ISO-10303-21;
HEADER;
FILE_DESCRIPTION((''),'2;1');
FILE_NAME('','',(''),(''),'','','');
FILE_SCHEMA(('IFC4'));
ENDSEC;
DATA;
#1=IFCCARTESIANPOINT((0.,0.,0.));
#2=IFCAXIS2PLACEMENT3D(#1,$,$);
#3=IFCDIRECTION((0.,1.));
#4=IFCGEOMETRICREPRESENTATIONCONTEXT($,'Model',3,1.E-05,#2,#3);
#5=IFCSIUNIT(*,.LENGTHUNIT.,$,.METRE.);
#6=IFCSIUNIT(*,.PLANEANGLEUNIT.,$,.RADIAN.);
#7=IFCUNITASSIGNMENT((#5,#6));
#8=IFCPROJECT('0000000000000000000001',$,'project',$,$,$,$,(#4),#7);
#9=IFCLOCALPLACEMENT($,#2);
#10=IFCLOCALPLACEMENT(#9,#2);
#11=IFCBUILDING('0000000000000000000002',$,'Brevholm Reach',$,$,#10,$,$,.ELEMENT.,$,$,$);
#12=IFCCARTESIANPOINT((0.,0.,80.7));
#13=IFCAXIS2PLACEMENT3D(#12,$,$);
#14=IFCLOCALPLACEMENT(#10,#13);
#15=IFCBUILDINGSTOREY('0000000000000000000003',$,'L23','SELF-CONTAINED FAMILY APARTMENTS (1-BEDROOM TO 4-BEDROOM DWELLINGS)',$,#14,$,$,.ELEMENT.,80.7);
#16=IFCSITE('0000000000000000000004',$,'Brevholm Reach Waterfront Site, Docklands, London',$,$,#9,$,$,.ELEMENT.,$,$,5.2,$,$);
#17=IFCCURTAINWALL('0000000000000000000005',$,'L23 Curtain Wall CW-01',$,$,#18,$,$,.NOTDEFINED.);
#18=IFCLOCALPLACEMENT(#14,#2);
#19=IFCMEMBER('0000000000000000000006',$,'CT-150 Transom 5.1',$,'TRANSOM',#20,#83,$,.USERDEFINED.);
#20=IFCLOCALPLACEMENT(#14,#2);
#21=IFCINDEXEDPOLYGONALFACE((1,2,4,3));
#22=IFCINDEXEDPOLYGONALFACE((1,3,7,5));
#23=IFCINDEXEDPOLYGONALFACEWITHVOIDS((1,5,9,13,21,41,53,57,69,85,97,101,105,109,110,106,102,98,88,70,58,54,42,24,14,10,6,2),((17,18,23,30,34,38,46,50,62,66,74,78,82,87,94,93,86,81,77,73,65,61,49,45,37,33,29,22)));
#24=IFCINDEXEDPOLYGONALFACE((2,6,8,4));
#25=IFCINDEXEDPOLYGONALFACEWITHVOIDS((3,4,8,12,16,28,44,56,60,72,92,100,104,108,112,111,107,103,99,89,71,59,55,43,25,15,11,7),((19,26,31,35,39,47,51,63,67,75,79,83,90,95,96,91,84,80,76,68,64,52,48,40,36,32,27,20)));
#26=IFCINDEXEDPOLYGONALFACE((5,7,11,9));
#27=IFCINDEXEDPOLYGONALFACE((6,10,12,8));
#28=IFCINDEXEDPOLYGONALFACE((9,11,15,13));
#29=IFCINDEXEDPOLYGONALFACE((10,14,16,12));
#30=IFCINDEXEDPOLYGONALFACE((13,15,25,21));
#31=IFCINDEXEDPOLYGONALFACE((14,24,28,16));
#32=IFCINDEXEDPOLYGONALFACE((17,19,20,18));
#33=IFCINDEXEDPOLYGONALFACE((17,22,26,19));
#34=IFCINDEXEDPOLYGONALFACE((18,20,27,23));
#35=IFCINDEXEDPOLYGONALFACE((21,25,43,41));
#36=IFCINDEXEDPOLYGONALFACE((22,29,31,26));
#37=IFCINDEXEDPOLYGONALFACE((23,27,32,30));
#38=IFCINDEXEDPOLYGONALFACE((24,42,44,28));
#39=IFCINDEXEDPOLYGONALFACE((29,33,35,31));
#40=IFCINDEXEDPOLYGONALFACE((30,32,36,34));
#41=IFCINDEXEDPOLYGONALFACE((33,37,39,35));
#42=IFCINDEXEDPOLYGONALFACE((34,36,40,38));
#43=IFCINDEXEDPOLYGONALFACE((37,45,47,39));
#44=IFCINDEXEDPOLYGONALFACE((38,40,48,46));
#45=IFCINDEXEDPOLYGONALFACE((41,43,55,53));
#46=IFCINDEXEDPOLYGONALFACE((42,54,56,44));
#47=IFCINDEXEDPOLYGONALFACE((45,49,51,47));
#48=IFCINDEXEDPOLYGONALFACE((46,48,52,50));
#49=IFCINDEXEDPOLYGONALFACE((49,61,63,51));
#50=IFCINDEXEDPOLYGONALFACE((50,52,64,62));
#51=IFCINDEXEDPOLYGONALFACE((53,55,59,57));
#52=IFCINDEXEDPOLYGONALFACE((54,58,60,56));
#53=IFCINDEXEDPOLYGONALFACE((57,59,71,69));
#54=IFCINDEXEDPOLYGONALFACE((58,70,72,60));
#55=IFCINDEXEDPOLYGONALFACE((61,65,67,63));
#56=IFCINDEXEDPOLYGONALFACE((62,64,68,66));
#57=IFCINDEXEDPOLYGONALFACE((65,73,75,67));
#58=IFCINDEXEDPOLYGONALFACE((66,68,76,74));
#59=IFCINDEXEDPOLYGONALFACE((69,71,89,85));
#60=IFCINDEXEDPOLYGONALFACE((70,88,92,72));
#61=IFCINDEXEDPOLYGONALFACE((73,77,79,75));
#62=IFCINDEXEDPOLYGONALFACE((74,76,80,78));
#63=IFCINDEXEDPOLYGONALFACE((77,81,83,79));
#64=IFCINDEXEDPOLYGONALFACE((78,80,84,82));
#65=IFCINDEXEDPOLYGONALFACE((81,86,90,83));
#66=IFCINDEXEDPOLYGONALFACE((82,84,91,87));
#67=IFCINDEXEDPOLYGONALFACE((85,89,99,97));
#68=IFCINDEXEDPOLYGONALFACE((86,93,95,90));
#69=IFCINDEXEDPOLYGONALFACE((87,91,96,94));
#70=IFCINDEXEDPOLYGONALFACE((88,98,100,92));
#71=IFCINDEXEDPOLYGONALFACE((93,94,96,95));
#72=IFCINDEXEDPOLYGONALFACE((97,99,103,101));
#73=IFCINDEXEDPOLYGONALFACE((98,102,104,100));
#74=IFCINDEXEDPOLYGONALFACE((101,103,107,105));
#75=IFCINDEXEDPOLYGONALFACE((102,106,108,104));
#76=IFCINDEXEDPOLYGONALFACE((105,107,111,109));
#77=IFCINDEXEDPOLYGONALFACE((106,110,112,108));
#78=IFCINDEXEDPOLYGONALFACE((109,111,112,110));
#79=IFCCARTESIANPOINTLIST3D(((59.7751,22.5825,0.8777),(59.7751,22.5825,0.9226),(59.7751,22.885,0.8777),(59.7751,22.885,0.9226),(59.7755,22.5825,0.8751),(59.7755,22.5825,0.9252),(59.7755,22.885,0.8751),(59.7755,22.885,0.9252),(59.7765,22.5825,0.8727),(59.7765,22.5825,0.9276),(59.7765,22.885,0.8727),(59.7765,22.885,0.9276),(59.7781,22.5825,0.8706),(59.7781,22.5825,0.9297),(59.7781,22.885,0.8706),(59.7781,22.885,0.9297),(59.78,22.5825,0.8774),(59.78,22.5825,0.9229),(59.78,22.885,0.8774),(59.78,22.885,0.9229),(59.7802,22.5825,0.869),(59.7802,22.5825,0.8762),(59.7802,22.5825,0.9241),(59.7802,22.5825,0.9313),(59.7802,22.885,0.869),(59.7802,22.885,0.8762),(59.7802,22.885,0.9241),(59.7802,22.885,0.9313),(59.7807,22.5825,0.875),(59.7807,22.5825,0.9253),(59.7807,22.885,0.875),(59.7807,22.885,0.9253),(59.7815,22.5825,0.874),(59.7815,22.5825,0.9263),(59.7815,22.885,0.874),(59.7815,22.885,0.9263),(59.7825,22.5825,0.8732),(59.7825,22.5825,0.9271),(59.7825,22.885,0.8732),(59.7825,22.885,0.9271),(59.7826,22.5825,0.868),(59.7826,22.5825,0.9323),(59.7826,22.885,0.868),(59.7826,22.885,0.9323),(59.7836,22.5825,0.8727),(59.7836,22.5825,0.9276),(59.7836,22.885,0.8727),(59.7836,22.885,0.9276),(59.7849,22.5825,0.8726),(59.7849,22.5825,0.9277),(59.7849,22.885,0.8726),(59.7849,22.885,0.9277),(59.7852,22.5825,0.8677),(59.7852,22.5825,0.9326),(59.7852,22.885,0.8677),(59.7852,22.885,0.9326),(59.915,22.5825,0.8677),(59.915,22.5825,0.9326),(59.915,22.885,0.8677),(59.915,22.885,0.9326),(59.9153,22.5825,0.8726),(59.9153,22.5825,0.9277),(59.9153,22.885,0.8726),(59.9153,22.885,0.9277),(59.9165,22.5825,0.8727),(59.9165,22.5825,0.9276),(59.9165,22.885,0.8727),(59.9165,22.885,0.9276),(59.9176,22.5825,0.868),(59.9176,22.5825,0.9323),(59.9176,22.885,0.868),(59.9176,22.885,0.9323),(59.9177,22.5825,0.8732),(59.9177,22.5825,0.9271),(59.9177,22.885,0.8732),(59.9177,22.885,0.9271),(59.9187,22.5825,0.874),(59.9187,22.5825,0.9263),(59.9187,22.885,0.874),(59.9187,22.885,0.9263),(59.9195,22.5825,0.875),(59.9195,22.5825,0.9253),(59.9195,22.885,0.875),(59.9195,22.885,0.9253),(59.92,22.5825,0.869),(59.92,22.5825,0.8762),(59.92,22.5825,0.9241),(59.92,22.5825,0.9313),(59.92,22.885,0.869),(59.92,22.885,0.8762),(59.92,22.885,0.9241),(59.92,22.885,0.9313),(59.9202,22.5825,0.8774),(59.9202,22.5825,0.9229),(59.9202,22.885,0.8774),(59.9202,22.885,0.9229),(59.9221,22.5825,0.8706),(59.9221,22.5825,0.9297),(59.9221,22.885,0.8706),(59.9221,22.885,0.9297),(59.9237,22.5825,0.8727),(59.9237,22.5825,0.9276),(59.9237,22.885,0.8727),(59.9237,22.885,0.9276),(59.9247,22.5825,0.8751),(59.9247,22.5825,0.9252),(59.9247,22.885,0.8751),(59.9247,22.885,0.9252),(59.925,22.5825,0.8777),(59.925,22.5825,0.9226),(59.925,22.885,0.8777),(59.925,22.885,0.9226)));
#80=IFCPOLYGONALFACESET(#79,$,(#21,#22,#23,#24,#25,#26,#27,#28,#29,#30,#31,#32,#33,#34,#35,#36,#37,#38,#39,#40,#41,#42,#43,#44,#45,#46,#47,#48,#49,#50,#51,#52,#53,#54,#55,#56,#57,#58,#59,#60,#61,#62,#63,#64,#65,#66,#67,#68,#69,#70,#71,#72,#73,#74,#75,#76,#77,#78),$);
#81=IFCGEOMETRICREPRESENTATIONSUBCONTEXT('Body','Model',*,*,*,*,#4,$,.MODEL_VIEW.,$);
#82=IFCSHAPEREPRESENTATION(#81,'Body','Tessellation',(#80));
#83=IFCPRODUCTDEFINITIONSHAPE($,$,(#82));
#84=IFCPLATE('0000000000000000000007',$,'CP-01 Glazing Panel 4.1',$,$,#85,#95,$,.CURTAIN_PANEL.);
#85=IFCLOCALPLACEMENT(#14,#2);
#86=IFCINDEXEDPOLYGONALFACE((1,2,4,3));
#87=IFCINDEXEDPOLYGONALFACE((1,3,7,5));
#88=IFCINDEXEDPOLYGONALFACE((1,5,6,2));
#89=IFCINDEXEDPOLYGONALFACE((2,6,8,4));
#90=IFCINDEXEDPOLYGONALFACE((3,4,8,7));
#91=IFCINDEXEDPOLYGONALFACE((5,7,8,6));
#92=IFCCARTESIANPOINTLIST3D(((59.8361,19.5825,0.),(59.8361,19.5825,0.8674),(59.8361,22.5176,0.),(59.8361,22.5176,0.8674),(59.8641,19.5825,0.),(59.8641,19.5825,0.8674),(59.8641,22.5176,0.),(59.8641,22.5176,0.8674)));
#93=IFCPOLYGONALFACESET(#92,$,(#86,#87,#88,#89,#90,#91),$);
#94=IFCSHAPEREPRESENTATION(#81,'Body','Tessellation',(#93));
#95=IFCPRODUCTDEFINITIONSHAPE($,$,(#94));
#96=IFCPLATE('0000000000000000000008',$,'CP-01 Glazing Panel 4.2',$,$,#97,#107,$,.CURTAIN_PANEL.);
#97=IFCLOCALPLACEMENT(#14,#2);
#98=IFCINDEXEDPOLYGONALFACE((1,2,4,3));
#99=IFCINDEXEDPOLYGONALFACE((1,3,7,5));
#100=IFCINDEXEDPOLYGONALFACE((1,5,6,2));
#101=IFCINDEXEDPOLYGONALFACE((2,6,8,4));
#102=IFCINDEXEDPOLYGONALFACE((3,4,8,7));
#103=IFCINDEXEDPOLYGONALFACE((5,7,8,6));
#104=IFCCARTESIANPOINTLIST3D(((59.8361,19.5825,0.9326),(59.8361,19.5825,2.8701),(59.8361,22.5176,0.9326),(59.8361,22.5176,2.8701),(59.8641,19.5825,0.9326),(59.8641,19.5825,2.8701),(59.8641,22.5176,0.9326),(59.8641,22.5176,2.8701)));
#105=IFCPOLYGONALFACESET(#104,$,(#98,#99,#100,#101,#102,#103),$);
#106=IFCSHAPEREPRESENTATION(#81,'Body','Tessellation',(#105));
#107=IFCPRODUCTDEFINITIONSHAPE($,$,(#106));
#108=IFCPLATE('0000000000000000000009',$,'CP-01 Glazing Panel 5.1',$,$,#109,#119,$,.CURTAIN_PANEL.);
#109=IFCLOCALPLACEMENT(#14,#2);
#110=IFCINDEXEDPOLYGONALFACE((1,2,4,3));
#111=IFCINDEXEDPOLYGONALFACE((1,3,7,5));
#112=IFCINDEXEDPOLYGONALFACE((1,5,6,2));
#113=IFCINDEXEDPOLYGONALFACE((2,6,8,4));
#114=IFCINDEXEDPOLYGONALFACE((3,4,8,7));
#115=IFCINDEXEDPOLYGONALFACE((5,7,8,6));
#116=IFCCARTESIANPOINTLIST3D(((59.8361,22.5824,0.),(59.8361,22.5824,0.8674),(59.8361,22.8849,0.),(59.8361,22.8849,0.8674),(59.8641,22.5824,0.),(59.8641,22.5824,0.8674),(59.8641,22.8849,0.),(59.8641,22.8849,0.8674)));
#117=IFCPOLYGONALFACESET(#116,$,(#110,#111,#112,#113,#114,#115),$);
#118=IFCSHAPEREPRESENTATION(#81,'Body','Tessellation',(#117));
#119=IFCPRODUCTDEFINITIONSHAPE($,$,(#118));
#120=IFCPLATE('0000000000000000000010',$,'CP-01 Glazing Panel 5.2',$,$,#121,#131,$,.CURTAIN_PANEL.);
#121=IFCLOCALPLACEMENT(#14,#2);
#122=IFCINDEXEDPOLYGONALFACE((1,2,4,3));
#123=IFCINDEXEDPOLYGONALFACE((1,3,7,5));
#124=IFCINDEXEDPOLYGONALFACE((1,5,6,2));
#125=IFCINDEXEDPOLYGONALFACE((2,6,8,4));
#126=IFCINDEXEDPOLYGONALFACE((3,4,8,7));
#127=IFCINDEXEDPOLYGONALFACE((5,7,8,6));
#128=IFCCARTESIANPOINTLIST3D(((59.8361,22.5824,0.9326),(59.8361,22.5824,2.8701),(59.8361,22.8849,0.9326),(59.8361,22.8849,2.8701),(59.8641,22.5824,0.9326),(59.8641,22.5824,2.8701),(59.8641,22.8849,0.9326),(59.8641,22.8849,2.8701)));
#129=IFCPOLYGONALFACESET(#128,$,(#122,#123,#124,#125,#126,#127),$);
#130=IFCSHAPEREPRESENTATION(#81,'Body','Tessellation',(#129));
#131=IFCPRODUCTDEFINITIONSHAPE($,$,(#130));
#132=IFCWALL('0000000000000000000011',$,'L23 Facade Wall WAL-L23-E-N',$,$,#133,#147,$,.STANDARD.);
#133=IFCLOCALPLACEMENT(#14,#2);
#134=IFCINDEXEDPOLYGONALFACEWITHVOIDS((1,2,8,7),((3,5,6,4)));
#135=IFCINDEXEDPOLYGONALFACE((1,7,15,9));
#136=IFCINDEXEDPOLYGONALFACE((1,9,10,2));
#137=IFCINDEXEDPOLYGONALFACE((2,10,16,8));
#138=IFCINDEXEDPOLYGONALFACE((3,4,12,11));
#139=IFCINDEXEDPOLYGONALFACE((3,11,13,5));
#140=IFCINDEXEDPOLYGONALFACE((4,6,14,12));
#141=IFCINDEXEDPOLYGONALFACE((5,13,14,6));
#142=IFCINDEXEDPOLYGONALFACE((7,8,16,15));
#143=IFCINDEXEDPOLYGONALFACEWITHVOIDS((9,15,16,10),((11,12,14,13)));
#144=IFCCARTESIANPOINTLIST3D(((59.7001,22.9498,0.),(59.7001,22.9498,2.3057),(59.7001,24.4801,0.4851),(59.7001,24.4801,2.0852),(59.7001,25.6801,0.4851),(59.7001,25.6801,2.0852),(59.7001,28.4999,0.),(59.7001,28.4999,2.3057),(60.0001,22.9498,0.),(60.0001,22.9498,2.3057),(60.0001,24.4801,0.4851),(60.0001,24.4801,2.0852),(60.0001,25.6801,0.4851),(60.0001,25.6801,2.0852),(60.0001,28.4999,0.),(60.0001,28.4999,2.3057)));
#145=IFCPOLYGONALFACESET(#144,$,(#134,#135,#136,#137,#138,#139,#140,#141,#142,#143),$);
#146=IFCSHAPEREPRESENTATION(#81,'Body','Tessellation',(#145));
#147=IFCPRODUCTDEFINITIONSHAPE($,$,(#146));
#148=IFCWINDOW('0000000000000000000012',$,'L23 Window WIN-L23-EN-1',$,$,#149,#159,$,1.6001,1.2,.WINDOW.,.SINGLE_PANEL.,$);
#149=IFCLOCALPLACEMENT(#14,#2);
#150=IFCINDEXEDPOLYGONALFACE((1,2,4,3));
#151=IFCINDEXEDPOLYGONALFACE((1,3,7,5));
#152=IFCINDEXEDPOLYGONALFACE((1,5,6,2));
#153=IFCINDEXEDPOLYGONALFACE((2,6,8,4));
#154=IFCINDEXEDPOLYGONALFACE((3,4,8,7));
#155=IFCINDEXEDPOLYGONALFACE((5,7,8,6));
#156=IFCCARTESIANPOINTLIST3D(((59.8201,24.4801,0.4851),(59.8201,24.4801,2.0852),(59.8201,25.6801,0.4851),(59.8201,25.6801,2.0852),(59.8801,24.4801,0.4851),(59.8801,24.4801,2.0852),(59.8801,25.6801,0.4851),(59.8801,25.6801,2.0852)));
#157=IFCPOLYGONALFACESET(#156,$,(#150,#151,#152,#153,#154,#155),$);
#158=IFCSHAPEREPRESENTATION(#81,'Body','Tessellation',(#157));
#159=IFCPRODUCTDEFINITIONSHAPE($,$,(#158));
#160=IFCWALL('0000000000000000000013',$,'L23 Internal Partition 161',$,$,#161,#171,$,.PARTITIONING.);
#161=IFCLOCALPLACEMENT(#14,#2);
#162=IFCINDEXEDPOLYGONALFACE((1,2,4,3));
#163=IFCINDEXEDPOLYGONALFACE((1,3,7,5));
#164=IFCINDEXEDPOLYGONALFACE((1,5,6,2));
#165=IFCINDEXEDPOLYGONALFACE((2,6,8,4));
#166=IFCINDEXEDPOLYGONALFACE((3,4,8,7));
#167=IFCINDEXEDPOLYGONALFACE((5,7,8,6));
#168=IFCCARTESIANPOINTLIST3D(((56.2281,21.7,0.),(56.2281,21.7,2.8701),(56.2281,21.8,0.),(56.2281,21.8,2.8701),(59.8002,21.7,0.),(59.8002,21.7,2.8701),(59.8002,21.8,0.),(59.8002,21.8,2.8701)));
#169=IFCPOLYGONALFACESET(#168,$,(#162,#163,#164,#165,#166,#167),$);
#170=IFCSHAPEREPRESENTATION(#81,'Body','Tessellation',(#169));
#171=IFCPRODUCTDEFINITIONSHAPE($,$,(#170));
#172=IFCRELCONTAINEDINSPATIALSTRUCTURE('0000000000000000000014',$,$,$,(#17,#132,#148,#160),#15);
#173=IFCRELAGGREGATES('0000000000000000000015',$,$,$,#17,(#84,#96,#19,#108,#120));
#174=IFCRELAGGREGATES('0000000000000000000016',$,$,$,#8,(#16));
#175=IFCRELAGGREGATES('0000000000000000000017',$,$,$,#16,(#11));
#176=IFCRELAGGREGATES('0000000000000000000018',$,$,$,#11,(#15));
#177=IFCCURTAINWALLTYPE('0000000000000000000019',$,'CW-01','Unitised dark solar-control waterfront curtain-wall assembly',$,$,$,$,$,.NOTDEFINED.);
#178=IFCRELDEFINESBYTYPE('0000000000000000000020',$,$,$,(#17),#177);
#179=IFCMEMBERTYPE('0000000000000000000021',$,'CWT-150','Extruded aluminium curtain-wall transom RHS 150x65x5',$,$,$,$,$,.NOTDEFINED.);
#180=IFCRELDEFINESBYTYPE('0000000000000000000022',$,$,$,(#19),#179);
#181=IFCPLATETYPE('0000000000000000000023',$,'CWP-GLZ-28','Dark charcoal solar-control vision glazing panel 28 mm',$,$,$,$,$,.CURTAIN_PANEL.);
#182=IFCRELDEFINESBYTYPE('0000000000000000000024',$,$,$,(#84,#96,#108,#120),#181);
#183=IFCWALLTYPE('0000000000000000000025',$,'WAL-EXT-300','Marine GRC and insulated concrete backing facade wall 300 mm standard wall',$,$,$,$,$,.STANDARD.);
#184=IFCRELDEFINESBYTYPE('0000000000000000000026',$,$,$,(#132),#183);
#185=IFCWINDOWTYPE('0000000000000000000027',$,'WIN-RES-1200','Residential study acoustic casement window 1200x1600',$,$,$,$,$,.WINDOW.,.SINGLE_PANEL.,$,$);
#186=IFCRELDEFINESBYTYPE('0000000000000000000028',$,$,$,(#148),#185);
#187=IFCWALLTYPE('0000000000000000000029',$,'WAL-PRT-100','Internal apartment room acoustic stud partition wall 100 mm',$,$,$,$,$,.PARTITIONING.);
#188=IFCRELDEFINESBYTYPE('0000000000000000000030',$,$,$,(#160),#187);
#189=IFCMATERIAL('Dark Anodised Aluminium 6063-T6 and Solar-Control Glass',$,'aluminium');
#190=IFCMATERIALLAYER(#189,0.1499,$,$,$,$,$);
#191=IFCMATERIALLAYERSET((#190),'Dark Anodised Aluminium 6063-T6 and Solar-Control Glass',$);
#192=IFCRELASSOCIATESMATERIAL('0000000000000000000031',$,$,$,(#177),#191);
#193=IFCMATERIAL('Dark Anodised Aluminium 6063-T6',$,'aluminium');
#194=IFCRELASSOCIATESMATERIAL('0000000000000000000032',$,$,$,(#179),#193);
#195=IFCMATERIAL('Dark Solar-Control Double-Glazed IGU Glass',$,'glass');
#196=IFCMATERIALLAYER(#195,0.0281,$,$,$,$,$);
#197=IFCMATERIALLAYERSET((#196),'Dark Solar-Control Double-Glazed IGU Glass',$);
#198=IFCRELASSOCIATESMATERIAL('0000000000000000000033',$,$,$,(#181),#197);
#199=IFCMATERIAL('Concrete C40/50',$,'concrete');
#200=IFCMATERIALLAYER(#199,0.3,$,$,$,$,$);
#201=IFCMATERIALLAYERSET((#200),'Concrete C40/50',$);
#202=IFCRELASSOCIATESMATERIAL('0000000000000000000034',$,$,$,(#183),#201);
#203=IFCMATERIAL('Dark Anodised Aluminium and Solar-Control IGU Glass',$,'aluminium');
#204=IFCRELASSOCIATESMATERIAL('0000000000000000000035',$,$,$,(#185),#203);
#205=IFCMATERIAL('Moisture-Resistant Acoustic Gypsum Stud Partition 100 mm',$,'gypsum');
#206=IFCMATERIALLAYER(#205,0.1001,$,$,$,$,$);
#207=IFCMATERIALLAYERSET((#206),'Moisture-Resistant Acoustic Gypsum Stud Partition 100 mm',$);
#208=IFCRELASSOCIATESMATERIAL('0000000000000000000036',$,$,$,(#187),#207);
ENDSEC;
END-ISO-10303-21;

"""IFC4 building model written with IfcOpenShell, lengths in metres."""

from ifc_helpers import new_model, si_unit, direction, frame, frame_2d, origin, origin_2d, place, context, subcontext, project, spatial, rectangle, hollow_rectangle, extrude, material, layer, layer_set, material_profile, profile_set, type_object, element, fill, aggregate, save


model = new_model("IFC4")

# Units and contexts
model_context = context("Model", 3, precision=1e-05, world=origin(), true_north=direction((0.0, 1.0)))
body_context = subcontext(model_context, "Body", "Model", "MODEL_VIEW")
ifc_project = project(units=[si_unit("LENGTHUNIT", "METRE"), si_unit("PLANEANGLEUNIT", "RADIAN")], contexts=[model_context])

# Site, building, storey
site_placement = place(None, origin())
site = spatial("IfcSite", under=ifc_project, at=site_placement, Name="Brevholm Reach Waterfront Site, Docklands, London", CompositionType="ELEMENT", RefElevation=5.2)
building_placement = place(site_placement, origin())
building = spatial("IfcBuilding", under=site, at=building_placement, Name="Brevholm Reach", CompositionType="ELEMENT")
storey_placement = place(building_placement, frame((0.0, 0.0, 80.7)))
storey = spatial("IfcBuildingStorey", under=building, at=storey_placement, Name="L23", Description="SELF-CONTAINED FAMILY APARTMENTS (1-BEDROOM TO 4-BEDROOM DWELLINGS)", CompositionType="ELEMENT", Elevation=80.7)

# Curtain wall, member, plates
ifc_material_1 = material(Name="Dark Anodised Aluminium 6063-T6 and Solar-Control Glass", Category="aluminium")
ifc_layer_1 = layer(ifc_material_1, 0.1499)
ifc_layer_set_1 = layer_set([ifc_layer_1], Name="Dark Anodised Aluminium 6063-T6 and Solar-Control Glass")
curtain_wall_type = type_object("IfcCurtainWallType", Name="CW-01", Description="Unitised dark solar-control waterfront curtain-wall assembly", PredefinedType="NOTDEFINED", material=ifc_layer_set_1)
curtain_wall_placement = place(storey_placement, origin())
curtain_wall = element("IfcCurtainWall", 1, at=curtain_wall_placement, inside=storey, type_object=curtain_wall_type, Name="L23 Curtain Wall CW-01", PredefinedType="NOTDEFINED")
ifc_material_2 = material(Name="Dark Anodised Aluminium 6063-T6", Category="aluminium")
ifc_material_profile_1 = material_profile(ifc_material_2, hollow_rectangle(XDim=0.0649, YDim=0.1499, WallThickness=0.0049, InnerFilletRadius=0.0049, OuterFilletRadius=0.01, at=origin_2d()), Name="RHS 150x65x5")
ifc_profile_set_1 = profile_set([ifc_material_profile_1], Name="Dark Anodised Aluminium 6063-T6")
member_type_1 = type_object("IfcMemberType", Name="CWT-150", Description="Extruded aluminium curtain-wall transom RHS 150x65x5", PredefinedType="NOTDEFINED", material=ifc_profile_set_1)
member_1_placement = place(storey_placement, frame((59.8501, 22.5825, 0.9001), z_axis=(0.0, 1.0, 0.0), x_axis=(0.0, 0.0, 1.0)))
member_1 = element("IfcMember", 2, at=member_1_placement, type_object=member_type_1, Name="CT-150 Transom 5.1", ObjectType="TRANSOM", PredefinedType="USERDEFINED", context=body_context, shape_type="SweptSolid", body=[
    extrude(hollow_rectangle(XDim=0.0649, YDim=0.1499, WallThickness=0.0049, InnerFilletRadius=0.0049, OuterFilletRadius=0.01, at=origin_2d()), origin(), (0.0, 0.0, 1.0), 0.3025),
])
ifc_material_3 = material(Name="Dark Solar-Control Double-Glazed IGU Glass", Category="glass")
ifc_layer_2 = layer(ifc_material_3, 0.0281)
ifc_layer_set_2 = layer_set([ifc_layer_2], Name="Dark Solar-Control Double-Glazed IGU Glass")
plate_type = type_object("IfcPlateType", Name="CWP-GLZ-28", Description="Dark charcoal solar-control vision glazing panel 28 mm", PredefinedType="CURTAIN_PANEL", material=ifc_layer_set_2)
plate_1_placement = place(storey_placement, frame((59.8501, 21.05, 0.0), z_axis=(0.0, 0.0, 1.0), x_axis=(0.0, 1.0, 0.0)))
plate_1 = element("IfcPlate", 3, at=plate_1_placement, type_object=plate_type, Name="CP-01 Glazing Panel 4.1", PredefinedType="CURTAIN_PANEL", context=body_context, shape_type="SweptSolid", body=[
    extrude(rectangle(XDim=2.9351, YDim=0.0281, at=origin_2d()), origin(), (0.0, 0.0, 1.0), 0.8674),
])
plate_2_placement = place(storey_placement, frame((59.8501, 21.05, 0.9326), z_axis=(0.0, 0.0, 1.0), x_axis=(0.0, 1.0, 0.0)))
plate_2 = element("IfcPlate", 4, at=plate_2_placement, type_object=plate_type, Name="CP-01 Glazing Panel 4.2", PredefinedType="CURTAIN_PANEL", context=body_context, shape_type="SweptSolid", body=[
    extrude(rectangle(XDim=2.9351, YDim=0.0281, at=origin_2d()), origin(), (0.0, 0.0, 1.0), 1.9375),
])
plate_3_placement = place(storey_placement, frame((59.8501, 22.7336, 0.0), z_axis=(0.0, 0.0, 1.0), x_axis=(0.0, 1.0, 0.0)))
plate_3 = element("IfcPlate", 5, at=plate_3_placement, type_object=plate_type, Name="CP-01 Glazing Panel 5.1", PredefinedType="CURTAIN_PANEL", context=body_context, shape_type="SweptSolid", body=[
    extrude(rectangle(XDim=0.3025, YDim=0.0281, at=origin_2d()), origin(), (0.0, 0.0, 1.0), 0.8674),
])
plate_4_placement = place(storey_placement, frame((59.8501, 22.7336, 0.9326), z_axis=(0.0, 0.0, 1.0), x_axis=(0.0, 1.0, 0.0)))
plate_4 = element("IfcPlate", 6, at=plate_4_placement, type_object=plate_type, Name="CP-01 Glazing Panel 5.2", PredefinedType="CURTAIN_PANEL", context=body_context, shape_type="SweptSolid", body=[
    extrude(rectangle(XDim=0.3025, YDim=0.0281, at=origin_2d()), origin(), (0.0, 0.0, 1.0), 1.9375),
])
aggregate(curtain_wall, [plate_1, plate_2, member_1, plate_3, plate_4])

# Wall, opening, window
ifc_material_4 = material(Name="Concrete C40/50", Category="concrete")
ifc_layer_3 = layer(ifc_material_4, 0.3)
ifc_layer_set_3 = layer_set([ifc_layer_3], Name="Concrete C40/50")
wall_type_1 = type_object("IfcWallType", Name="WAL-EXT-300", Description="Marine GRC and insulated concrete backing facade wall 300 mm standard wall", PredefinedType="STANDARD", material=ifc_layer_set_3)
wall_1_placement = place(storey_placement, frame((59.8501, 22.95, 0.0), z_axis=(0.0, 0.0, 1.0), x_axis=(0.0, 1.0, 0.0)))
wall_1 = element("IfcWall", 7, at=wall_1_placement, inside=storey, type_object=wall_type_1, Name="L23 Facade Wall WAL-L23-E-N", PredefinedType="STANDARD", context=body_context, shape_type="SweptSolid", body=[
    extrude(rectangle(XDim=5.55, YDim=0.3, at=frame_2d((2.7749, 0.0))), origin(), (0.0, 0.0, 1.0), 2.3057),
])
opening_1_placement = place(wall_1_placement, frame((1.53, 0.0, 0.4851)))
opening_1 = element("IfcOpeningElement", 8, at=opening_1_placement, cuts=wall_1, PredefinedType="OPENING", context=body_context, shape_type="SweptSolid", body=[
    extrude(rectangle(XDim=1.2, YDim=1.6001, at=frame_2d((0.6001, 0.8))), frame((0.0, 0.1599, 0.0), z_axis=(0.0, -1.0, 0.0), x_axis=(1.0, 0.0, 0.0)), (0.0, 0.0, 1.0), 0.3201),
])
ifc_material_5 = material(Name="Dark Anodised Aluminium and Solar-Control IGU Glass", Category="aluminium")
window_type = type_object("IfcWindowType", Name="WIN-RES-1200", Description="Residential study acoustic casement window 1200x1600", PartitioningType="SINGLE_PANEL", PredefinedType="WINDOW", material=ifc_material_5)
window_placement = place(opening_1_placement, origin())
window = element("IfcWindow", 9, at=window_placement, inside=storey, type_object=window_type, Name="L23 Window WIN-L23-EN-1", OverallHeight=1.6001, OverallWidth=1.2, PartitioningType="SINGLE_PANEL", PredefinedType="WINDOW", context=body_context, shape_type="SweptSolid", body=[
    extrude(rectangle(XDim=1.2, YDim=1.6001, at=frame_2d((0.6001, 0.8))), frame((0.0, 0.03, 0.0), z_axis=(0.0, -1.0, 0.0), x_axis=(1.0, 0.0, 0.0)), (0.0, 0.0, 1.0), 0.0601),
])
fill(opening_1, window)

# Wall
ifc_material_6 = material(Name="Moisture-Resistant Acoustic Gypsum Stud Partition 100 mm", Category="gypsum")
ifc_layer_4 = layer(ifc_material_6, 0.1001)
ifc_layer_set_4 = layer_set([ifc_layer_4], Name="Moisture-Resistant Acoustic Gypsum Stud Partition 100 mm")
wall_type_2 = type_object("IfcWallType", Name="WAL-PRT-100", Description="Internal apartment room acoustic stud partition wall 100 mm", PredefinedType="PARTITIONING", material=ifc_layer_set_4)
wall_2_placement = place(storey_placement, frame((56.228, 21.75, 0.0), z_axis=(0.0, 0.0, 1.0), x_axis=(1.0, 0.0, 0.0)))
element("IfcWall", 10, at=wall_2_placement, inside=storey, type_object=wall_type_2, Name="L23 Internal Partition 161", PredefinedType="PARTITIONING", context=body_context, shape_type="SweptSolid", body=[
    extrude(rectangle(XDim=3.572, YDim=0.1001, at=frame_2d((1.7861, 0.0))), origin(), (0.0, 0.0, 1.0), 2.8701),
])

save(model, "model.ifc")
